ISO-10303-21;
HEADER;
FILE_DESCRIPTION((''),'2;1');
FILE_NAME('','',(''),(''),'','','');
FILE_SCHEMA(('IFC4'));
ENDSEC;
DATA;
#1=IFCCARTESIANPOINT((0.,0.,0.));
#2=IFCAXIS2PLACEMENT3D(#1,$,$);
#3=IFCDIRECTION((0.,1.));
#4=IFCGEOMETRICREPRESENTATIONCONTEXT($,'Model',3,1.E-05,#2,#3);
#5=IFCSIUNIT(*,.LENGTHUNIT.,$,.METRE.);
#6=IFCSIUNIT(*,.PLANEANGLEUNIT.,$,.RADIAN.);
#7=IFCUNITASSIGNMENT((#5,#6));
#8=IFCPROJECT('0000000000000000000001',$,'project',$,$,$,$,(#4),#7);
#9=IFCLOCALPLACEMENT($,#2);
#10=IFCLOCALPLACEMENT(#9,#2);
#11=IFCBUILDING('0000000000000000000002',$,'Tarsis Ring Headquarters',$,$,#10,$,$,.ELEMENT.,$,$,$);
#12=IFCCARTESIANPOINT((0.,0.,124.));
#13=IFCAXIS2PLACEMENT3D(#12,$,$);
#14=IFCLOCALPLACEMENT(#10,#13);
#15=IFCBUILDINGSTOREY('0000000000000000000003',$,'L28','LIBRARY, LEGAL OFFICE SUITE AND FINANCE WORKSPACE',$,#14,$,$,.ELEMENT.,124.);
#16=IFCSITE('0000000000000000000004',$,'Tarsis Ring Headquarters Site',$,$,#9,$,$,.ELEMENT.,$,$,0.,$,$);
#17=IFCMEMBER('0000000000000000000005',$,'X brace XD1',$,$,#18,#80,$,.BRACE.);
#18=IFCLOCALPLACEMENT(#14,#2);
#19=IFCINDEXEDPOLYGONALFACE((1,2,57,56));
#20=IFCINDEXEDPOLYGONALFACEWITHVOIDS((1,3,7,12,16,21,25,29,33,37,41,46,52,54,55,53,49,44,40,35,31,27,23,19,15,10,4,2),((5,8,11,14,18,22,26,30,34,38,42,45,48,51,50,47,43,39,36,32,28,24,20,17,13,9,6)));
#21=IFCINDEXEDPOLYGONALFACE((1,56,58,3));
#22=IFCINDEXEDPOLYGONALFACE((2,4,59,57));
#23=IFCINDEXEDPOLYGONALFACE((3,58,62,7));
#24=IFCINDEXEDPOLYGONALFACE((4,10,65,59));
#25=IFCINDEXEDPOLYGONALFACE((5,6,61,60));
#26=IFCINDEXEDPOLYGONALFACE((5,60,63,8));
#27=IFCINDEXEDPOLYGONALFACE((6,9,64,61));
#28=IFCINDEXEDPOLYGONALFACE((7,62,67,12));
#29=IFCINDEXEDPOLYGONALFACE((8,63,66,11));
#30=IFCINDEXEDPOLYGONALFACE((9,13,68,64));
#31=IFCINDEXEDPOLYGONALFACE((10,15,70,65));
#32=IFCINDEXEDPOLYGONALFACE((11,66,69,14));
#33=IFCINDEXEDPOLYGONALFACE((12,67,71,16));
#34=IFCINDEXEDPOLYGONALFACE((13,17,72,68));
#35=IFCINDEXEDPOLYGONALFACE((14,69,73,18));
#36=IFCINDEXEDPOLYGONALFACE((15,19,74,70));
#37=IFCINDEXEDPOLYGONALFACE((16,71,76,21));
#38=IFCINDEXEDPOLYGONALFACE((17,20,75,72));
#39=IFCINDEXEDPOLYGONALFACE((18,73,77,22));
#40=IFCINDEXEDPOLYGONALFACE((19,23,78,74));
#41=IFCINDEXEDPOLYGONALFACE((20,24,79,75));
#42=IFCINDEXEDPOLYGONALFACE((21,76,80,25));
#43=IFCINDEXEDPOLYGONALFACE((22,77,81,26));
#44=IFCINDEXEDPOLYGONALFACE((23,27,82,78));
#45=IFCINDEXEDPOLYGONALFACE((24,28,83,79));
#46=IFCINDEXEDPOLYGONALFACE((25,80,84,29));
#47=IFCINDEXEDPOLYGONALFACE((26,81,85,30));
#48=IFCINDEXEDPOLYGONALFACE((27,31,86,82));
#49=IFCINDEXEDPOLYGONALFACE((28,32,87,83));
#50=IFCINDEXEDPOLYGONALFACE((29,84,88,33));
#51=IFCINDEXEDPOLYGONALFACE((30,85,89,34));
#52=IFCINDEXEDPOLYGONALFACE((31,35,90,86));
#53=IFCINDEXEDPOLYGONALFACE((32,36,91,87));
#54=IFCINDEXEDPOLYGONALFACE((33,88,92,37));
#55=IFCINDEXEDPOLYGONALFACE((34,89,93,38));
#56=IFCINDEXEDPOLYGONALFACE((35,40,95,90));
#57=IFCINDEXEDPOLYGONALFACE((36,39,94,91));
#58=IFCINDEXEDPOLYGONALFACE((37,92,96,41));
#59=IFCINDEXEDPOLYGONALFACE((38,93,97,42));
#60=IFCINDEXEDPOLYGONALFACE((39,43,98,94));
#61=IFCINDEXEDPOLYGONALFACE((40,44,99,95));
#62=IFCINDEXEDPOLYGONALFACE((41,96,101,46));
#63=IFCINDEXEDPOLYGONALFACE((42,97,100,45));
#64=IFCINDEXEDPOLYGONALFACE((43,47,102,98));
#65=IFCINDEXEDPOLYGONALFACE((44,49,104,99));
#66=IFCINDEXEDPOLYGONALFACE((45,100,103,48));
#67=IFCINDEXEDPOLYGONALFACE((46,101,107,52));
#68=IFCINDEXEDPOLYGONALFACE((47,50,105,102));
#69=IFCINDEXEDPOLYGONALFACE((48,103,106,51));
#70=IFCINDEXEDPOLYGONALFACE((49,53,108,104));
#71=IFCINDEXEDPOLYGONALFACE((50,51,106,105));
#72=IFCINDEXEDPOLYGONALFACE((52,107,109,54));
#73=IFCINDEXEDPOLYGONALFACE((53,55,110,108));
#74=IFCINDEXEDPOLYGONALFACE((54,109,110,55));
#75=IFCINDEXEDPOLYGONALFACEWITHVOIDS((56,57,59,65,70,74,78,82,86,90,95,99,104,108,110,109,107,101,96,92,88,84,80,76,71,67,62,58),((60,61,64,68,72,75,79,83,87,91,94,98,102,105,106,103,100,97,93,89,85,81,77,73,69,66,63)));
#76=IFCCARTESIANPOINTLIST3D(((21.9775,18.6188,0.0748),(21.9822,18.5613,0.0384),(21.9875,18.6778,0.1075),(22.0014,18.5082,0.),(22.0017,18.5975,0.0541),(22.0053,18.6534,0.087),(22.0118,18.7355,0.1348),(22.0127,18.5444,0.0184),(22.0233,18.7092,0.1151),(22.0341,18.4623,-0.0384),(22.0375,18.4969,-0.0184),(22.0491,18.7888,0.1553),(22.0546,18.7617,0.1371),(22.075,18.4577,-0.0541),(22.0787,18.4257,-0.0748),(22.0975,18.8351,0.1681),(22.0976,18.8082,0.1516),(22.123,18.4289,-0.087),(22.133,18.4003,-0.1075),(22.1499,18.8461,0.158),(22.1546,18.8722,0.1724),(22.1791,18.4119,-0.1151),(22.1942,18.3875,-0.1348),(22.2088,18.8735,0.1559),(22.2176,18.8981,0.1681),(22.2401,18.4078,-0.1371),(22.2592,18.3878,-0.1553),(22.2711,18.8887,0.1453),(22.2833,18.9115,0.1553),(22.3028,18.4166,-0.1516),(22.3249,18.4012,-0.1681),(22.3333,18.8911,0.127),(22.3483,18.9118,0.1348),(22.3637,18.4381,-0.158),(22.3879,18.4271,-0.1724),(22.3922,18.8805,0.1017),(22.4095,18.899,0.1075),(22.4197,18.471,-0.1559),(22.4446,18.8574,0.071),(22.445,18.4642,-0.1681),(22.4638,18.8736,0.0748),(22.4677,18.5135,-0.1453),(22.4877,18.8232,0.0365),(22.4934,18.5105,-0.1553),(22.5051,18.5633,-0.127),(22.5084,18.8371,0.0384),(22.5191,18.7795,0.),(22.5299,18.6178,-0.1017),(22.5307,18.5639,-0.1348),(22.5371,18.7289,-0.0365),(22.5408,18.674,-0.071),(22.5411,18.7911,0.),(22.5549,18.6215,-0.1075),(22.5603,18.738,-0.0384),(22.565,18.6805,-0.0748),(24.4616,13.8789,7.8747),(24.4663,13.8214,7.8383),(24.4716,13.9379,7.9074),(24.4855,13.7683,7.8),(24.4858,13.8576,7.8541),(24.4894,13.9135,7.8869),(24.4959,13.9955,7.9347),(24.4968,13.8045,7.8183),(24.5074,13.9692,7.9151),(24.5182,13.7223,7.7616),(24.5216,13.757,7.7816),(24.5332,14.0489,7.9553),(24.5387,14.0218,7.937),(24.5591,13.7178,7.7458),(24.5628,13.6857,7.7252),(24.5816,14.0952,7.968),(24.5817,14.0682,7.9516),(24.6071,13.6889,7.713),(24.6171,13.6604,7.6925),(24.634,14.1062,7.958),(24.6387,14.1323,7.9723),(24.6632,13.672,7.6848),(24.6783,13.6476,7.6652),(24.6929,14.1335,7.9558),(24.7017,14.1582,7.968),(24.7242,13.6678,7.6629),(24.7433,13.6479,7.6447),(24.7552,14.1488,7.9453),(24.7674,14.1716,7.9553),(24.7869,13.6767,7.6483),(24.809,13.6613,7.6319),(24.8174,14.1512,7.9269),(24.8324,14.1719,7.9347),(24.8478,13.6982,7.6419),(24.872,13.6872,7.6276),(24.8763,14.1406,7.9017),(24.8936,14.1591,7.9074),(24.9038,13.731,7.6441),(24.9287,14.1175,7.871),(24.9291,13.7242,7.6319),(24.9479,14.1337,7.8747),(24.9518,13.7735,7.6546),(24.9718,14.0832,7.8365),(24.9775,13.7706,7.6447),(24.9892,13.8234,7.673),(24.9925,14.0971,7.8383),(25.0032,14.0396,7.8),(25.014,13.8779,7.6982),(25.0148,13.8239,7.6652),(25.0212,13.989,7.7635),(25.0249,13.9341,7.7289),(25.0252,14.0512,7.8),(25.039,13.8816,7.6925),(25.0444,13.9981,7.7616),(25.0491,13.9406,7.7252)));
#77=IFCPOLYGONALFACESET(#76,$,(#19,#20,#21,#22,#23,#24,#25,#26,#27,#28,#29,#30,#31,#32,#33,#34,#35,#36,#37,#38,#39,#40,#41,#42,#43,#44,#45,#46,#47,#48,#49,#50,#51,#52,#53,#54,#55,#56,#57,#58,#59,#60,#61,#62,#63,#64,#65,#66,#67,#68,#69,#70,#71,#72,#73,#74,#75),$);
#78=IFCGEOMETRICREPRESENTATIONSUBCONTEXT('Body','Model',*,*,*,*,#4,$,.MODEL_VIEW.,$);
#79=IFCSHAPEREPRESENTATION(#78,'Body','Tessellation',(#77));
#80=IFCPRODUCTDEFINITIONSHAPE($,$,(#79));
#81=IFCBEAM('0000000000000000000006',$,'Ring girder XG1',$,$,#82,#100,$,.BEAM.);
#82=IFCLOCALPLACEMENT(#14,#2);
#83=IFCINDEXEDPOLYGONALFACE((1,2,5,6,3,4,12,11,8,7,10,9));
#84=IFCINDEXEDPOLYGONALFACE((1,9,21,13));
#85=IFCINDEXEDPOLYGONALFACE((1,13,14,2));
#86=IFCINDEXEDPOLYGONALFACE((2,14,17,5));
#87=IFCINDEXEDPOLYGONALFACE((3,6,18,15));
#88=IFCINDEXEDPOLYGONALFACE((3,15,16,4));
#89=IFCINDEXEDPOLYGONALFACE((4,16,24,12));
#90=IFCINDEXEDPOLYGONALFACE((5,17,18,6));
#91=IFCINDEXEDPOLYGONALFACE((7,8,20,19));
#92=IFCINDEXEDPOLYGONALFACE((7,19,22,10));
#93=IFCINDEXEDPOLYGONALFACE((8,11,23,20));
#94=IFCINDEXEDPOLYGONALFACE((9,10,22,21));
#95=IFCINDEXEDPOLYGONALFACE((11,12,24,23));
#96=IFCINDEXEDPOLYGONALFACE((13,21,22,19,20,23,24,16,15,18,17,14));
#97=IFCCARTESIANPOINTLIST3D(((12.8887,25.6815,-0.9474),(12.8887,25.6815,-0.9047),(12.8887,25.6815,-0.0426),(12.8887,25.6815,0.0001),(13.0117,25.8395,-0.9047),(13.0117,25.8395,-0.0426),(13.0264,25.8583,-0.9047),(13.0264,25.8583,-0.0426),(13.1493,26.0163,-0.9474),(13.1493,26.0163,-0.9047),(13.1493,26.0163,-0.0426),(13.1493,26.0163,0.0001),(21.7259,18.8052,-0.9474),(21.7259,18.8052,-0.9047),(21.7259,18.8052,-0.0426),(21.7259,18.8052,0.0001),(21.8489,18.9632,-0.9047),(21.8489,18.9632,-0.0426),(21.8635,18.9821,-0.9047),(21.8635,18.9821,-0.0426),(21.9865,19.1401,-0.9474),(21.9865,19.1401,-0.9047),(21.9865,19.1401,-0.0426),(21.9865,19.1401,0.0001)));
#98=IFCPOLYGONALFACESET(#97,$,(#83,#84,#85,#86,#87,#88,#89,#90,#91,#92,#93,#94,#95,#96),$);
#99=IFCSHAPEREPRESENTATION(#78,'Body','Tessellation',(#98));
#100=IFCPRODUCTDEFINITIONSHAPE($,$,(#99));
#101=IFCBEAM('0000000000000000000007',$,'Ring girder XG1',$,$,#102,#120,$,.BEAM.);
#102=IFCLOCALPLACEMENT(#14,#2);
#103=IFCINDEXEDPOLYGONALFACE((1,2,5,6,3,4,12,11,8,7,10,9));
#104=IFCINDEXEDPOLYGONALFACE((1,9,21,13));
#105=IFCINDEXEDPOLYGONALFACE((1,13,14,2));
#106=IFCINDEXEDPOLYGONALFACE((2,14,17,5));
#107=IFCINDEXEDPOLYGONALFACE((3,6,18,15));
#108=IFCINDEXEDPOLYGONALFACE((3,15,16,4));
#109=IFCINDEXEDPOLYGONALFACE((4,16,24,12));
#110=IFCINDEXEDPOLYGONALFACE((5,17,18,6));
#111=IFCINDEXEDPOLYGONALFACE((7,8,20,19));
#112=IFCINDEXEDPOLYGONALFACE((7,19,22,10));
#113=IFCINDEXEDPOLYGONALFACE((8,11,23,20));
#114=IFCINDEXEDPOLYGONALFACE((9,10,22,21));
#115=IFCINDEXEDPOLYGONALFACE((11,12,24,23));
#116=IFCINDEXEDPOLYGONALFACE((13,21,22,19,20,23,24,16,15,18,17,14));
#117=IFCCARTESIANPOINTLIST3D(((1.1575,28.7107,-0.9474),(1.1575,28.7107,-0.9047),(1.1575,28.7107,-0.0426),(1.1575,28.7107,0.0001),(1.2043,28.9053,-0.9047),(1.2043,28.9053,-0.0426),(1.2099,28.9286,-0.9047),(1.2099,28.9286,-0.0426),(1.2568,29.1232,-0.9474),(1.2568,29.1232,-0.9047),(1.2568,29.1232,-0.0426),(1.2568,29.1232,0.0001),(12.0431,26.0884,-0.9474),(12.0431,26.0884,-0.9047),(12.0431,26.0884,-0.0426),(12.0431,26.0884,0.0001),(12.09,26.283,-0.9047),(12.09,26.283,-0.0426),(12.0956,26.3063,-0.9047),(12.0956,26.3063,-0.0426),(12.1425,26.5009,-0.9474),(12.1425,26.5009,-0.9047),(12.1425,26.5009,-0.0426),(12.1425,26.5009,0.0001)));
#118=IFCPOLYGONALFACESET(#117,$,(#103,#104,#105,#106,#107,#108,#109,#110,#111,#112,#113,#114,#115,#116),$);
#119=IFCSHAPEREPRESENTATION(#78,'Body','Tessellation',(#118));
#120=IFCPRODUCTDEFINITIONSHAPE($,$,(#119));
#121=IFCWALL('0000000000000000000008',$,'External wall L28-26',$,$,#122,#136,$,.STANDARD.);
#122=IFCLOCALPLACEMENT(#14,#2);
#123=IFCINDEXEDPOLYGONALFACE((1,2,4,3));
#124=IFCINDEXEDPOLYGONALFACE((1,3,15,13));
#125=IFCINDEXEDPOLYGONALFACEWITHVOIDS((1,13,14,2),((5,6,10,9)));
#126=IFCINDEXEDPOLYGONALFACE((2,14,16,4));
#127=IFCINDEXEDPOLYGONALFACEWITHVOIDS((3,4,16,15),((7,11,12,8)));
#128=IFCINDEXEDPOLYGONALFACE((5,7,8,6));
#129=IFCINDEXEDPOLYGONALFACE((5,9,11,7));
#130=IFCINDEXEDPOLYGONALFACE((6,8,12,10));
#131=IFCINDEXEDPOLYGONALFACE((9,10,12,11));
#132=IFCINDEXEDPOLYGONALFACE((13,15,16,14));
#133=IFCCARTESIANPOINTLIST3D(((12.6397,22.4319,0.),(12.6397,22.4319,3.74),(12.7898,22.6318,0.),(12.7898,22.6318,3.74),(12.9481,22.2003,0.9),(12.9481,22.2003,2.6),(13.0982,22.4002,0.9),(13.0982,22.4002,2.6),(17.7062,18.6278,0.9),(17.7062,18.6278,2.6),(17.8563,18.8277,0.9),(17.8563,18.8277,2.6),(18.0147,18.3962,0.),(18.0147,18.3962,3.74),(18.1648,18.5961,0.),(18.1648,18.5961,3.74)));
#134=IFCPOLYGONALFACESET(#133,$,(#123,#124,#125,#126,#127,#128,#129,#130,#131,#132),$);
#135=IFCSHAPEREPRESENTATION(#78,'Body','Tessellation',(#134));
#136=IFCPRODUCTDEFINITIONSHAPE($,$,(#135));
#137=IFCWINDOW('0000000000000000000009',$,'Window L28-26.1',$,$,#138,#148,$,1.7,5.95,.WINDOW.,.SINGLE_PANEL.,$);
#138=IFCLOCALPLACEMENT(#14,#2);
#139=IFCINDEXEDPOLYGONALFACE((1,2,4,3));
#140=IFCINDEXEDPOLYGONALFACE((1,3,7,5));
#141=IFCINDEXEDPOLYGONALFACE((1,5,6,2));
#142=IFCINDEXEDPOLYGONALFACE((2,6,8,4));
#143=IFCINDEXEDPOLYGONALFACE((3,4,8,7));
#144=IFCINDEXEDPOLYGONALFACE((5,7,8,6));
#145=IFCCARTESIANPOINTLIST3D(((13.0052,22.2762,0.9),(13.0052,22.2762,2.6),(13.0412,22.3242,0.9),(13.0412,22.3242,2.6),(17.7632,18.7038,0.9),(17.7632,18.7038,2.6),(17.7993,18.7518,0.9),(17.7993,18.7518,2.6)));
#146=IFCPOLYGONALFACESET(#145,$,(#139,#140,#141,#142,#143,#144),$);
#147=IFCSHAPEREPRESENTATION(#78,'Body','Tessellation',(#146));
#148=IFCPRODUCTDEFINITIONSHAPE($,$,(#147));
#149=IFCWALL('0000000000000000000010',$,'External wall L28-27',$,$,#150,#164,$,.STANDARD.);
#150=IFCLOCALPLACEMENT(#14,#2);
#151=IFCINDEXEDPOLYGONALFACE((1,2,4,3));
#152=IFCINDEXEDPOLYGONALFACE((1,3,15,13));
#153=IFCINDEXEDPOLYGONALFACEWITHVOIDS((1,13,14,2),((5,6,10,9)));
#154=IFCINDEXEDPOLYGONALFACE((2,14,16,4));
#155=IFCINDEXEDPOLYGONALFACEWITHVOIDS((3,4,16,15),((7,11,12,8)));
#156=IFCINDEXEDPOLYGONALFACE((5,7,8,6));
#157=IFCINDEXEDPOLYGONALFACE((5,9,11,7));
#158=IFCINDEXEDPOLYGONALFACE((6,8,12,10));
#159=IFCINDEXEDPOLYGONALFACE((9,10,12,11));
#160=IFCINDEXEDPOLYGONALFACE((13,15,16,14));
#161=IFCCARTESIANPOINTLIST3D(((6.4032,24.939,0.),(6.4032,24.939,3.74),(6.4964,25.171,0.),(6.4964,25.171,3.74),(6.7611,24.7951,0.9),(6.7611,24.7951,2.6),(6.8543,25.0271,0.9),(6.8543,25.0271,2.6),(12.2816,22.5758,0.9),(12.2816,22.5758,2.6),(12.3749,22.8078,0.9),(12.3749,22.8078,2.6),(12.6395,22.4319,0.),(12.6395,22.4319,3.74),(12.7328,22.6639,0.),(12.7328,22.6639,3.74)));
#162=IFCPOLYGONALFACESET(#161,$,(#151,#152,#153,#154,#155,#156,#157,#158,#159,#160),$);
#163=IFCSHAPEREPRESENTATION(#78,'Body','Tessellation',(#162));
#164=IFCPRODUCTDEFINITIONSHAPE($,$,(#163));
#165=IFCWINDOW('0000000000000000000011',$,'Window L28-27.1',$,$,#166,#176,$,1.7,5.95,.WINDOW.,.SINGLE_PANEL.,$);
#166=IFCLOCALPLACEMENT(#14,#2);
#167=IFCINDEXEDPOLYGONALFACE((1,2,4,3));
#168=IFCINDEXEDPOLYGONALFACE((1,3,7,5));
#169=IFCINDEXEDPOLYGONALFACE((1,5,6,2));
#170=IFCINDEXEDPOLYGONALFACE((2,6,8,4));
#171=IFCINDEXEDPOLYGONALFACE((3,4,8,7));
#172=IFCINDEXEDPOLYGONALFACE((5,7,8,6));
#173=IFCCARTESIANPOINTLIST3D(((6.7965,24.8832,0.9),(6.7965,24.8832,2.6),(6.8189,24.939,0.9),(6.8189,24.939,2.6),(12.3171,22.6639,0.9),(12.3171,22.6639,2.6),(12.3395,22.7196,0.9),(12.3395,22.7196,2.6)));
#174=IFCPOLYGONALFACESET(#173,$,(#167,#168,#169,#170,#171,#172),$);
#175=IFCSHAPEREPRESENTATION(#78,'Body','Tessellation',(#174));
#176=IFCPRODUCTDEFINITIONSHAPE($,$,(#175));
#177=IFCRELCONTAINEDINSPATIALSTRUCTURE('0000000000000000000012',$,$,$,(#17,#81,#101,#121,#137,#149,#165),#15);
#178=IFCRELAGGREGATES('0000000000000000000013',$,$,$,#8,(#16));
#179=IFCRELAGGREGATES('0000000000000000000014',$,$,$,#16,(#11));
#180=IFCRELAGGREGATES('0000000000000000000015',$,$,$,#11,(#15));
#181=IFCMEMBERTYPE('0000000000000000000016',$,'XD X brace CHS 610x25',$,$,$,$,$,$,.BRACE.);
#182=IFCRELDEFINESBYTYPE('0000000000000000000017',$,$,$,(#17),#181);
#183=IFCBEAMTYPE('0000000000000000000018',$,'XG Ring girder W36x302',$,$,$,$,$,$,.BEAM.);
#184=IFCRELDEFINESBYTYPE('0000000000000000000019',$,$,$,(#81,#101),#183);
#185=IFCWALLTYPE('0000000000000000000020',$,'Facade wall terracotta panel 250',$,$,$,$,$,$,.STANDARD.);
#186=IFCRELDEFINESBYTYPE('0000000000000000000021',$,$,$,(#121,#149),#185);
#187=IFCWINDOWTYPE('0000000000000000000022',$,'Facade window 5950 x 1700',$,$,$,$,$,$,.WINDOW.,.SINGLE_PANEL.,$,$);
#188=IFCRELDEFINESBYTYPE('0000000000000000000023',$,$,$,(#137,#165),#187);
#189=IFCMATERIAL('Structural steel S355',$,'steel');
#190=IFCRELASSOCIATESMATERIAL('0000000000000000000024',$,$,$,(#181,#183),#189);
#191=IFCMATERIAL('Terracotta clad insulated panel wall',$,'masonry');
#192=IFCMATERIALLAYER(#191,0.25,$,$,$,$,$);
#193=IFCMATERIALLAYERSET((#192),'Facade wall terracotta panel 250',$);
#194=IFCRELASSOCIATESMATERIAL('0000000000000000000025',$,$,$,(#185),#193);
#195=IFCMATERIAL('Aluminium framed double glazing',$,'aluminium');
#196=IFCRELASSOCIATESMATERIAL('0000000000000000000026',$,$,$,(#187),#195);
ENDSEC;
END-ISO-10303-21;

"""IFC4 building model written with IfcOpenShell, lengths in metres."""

from ifc_helpers import new_model, si_unit, direction, frame, frame_2d, origin, origin_2d, place, context, subcontext, project, spatial, rectangle, hollow_circle, i_section, extrude, material, layer, layer_set, material_profile, profile_set, type_object, element, fill, save


model = new_model("IFC4")

# Units and contexts
model_context = context("Model", 3, precision=1e-05, world=origin(), true_north=direction((0.0, 1.0)))
body_context = subcontext(model_context, "Body", "Model", "MODEL_VIEW")
ifc_project = project(units=[si_unit("LENGTHUNIT", "METRE"), si_unit("PLANEANGLEUNIT", "RADIAN")], contexts=[model_context])

# Site, building, storey
site_placement = place(None, origin())
site = spatial("IfcSite", under=ifc_project, at=site_placement, Name="Tarsis Ring Headquarters Site", CompositionType="ELEMENT", RefElevation=0.0)
building_placement = place(site_placement, origin())
building = spatial("IfcBuilding", under=site, at=building_placement, Name="Tarsis Ring Headquarters", CompositionType="ELEMENT")
storey_placement = place(building_placement, frame((0.0, 0.0, 124.0)))
storey = spatial("IfcBuildingStorey", under=building, at=storey_placement, Name="L28", Description="LIBRARY, LEGAL OFFICE SUITE AND FINANCE WORKSPACE", CompositionType="ELEMENT", Elevation=124.0)

# Shared definitions
ifc_material_1 = material(Name="Structural steel S355", Category="steel")

# Member
ifc_material_profile_1 = material_profile(ifc_material_1, hollow_circle(Radius=0.3047, WallThickness=0.0249, at=origin_2d()), Name="CHS 610x25")
ifc_profile_set_1 = profile_set([ifc_material_profile_1], Name="Structural steel S355")
member_type = type_object("IfcMemberType", Name="XD X brace CHS 610x25", PredefinedType="BRACE", material=ifc_profile_set_1)
member_placement = place(storey_placement, frame((22.2712, 18.6497, 0.0), z_axis=(0.262611, -0.501091, 0.824587), x_axis=(0.885733, 0.464195, 0.0)))
element("IfcMember", 1, at=member_placement, inside=storey, type_object=member_type, Name="X brace XD1", PredefinedType="BRACE", context=body_context, shape_type="SweptSolid", body=[
    extrude(hollow_circle(Radius=0.3047, WallThickness=0.0249, at=origin_2d()), origin(), (0.0, 0.0, 1.0), 9.4592),
])

# Beams
ifc_material_profile_2 = material_profile(ifc_material_1, i_section(OverallWidth=0.4243, OverallDepth=0.9475, WebThickness=0.0239, FlangeThickness=0.0427, at=origin_2d()), Name="W36x302")
ifc_profile_set_2 = profile_set([ifc_material_profile_2], Name="Structural steel S355")
beam_type_1 = type_object("IfcBeamType", Name="XG Ring girder W36x302", PredefinedType="BEAM", material=ifc_profile_set_2)
beam_1_placement = place(storey_placement, frame((21.8562, 18.9727, -0.4736), z_axis=(-0.789228, 0.614101, 0.0), x_axis=(-0.614101, -0.789228, 0.0)))
element("IfcBeam", 2, at=beam_1_placement, inside=storey, type_object=beam_type_1, Name="Ring girder XG1", PredefinedType="BEAM", context=body_context, shape_type="SweptSolid", body=[
    extrude(i_section(OverallWidth=0.4243, OverallDepth=0.9475, WebThickness=0.0239, FlangeThickness=0.0427, at=origin_2d()), origin(), (0.0, 0.0, 1.0), 11.1973),
])
beam_2_placement = place(storey_placement, frame((12.0928, 26.2947, -0.4736), z_axis=(-0.97219, 0.234195, 0.0), x_axis=(-0.234195, -0.97219, 0.0)))
element("IfcBeam", 3, at=beam_2_placement, inside=storey, type_object=beam_type_1, Name="Ring girder XG1", PredefinedType="BEAM", context=body_context, shape_type="SweptSolid", body=[
    extrude(i_section(OverallWidth=0.4243, OverallDepth=0.9475, WebThickness=0.0239, FlangeThickness=0.0427, at=origin_2d()), origin(), (0.0, 0.0, 1.0), 11.197),
])

# Walls, openings, windows
ifc_material_2 = material(Name="Terracotta clad insulated panel wall", Category="masonry")
ifc_layer = layer(ifc_material_2, 0.25)
ifc_layer_set = layer_set([ifc_layer], Name="Facade wall terracotta panel 250")
wall_type = type_object("IfcWallType", Name="Facade wall terracotta panel 250", PredefinedType="STANDARD", material=ifc_layer_set)
wall_1_placement = place(storey_placement, frame((18.0898, 18.4961, 0.0), z_axis=(0.0, 0.0, 1.0), x_axis=(-0.799686, 0.600418, 0.0)))
wall_1 = element("IfcWall", 4, at=wall_1_placement, inside=storey, type_object=wall_type, Name="External wall L28-26", PredefinedType="STANDARD", context=body_context, shape_type="SweptSolid", body=[
    extrude(rectangle(XDim=6.7214, YDim=0.25, at=frame_2d((3.3608, 0.0))), origin(), (0.0, 0.0, 1.0), 3.74),
])
opening_1_placement = place(wall_1_placement, frame((0.3857, 0.0, 0.8999)))
opening_1 = element("IfcOpeningElement", 5, at=opening_1_placement, cuts=wall_1, PredefinedType="OPENING", context=body_context, shape_type="SweptSolid", body=[
    extrude(rectangle(XDim=5.95, YDim=1.7, at=frame_2d((2.9751, 0.8501))), frame((0.0, 0.135, 0.0), z_axis=(0.0, -1.0, 0.0), x_axis=(1.0, 0.0, 0.0)), (0.0, 0.0, 1.0), 0.27),
])
ifc_material_3 = material(Name="Aluminium framed double glazing", Category="aluminium")
window_type = type_object("IfcWindowType", Name="Facade window 5950 x 1700", PartitioningType="SINGLE_PANEL", PredefinedType="WINDOW", material=ifc_material_3)
window_1_placement = place(opening_1_placement, origin())
window_1 = element("IfcWindow", 6, at=window_1_placement, inside=storey, type_object=window_type, Name="Window L28-26.1", OverallHeight=1.7, OverallWidth=5.95, PartitioningType="SINGLE_PANEL", PredefinedType="WINDOW", context=body_context, shape_type="SweptSolid", body=[
    extrude(rectangle(XDim=5.95, YDim=1.7, at=frame_2d((2.9751, 0.8501))), frame((0.0, 0.03, 0.0), z_axis=(0.0, -1.0, 0.0), x_axis=(1.0, 0.0, 0.0)), (0.0, 0.0, 1.0), 0.0601),
])
fill(opening_1, window_1)
wall_2_placement = place(storey_placement, frame((12.6863, 22.5479, 0.0), z_axis=(0.0, 0.0, 1.0), x_axis=(-0.927832, 0.373, 0.0)))
wall_2 = element("IfcWall", 7, at=wall_2_placement, inside=storey, type_object=wall_type, Name="External wall L28-27", PredefinedType="STANDARD", context=body_context, shape_type="SweptSolid", body=[
    extrude(rectangle(XDim=6.7214, YDim=0.25, at=frame_2d((3.3608, 0.0))), origin(), (0.0, 0.0, 1.0), 3.74),
])
opening_2_placement = place(wall_2_placement, frame((0.3857, 0.0, 0.8999)))
opening_2 = element("IfcOpeningElement", 8, at=opening_2_placement, cuts=wall_2, PredefinedType="OPENING", context=body_context, shape_type="SweptSolid", body=[
    extrude(rectangle(XDim=5.95, YDim=1.7, at=frame_2d((2.9751, 0.8501))), frame((0.0, 0.135, 0.0), z_axis=(0.0, -1.0, 0.0), x_axis=(1.0, 0.0, 0.0)), (0.0, 0.0, 1.0), 0.27),
])
window_2_placement = place(opening_2_placement, origin())
window_2 = element("IfcWindow", 9, at=window_2_placement, inside=storey, type_object=window_type, Name="Window L28-27.1", OverallHeight=1.7, OverallWidth=5.95, PartitioningType="SINGLE_PANEL", PredefinedType="WINDOW", context=body_context, shape_type="SweptSolid", body=[
    extrude(rectangle(XDim=5.95, YDim=1.7, at=frame_2d((2.9751, 0.8501))), frame((0.0, 0.03, 0.0), z_axis=(0.0, -1.0, 0.0), x_axis=(1.0, 0.0, 0.0)), (0.0, 0.0, 1.0), 0.0601),
])
fill(opening_2, window_2)

save(model, "model.ifc")
